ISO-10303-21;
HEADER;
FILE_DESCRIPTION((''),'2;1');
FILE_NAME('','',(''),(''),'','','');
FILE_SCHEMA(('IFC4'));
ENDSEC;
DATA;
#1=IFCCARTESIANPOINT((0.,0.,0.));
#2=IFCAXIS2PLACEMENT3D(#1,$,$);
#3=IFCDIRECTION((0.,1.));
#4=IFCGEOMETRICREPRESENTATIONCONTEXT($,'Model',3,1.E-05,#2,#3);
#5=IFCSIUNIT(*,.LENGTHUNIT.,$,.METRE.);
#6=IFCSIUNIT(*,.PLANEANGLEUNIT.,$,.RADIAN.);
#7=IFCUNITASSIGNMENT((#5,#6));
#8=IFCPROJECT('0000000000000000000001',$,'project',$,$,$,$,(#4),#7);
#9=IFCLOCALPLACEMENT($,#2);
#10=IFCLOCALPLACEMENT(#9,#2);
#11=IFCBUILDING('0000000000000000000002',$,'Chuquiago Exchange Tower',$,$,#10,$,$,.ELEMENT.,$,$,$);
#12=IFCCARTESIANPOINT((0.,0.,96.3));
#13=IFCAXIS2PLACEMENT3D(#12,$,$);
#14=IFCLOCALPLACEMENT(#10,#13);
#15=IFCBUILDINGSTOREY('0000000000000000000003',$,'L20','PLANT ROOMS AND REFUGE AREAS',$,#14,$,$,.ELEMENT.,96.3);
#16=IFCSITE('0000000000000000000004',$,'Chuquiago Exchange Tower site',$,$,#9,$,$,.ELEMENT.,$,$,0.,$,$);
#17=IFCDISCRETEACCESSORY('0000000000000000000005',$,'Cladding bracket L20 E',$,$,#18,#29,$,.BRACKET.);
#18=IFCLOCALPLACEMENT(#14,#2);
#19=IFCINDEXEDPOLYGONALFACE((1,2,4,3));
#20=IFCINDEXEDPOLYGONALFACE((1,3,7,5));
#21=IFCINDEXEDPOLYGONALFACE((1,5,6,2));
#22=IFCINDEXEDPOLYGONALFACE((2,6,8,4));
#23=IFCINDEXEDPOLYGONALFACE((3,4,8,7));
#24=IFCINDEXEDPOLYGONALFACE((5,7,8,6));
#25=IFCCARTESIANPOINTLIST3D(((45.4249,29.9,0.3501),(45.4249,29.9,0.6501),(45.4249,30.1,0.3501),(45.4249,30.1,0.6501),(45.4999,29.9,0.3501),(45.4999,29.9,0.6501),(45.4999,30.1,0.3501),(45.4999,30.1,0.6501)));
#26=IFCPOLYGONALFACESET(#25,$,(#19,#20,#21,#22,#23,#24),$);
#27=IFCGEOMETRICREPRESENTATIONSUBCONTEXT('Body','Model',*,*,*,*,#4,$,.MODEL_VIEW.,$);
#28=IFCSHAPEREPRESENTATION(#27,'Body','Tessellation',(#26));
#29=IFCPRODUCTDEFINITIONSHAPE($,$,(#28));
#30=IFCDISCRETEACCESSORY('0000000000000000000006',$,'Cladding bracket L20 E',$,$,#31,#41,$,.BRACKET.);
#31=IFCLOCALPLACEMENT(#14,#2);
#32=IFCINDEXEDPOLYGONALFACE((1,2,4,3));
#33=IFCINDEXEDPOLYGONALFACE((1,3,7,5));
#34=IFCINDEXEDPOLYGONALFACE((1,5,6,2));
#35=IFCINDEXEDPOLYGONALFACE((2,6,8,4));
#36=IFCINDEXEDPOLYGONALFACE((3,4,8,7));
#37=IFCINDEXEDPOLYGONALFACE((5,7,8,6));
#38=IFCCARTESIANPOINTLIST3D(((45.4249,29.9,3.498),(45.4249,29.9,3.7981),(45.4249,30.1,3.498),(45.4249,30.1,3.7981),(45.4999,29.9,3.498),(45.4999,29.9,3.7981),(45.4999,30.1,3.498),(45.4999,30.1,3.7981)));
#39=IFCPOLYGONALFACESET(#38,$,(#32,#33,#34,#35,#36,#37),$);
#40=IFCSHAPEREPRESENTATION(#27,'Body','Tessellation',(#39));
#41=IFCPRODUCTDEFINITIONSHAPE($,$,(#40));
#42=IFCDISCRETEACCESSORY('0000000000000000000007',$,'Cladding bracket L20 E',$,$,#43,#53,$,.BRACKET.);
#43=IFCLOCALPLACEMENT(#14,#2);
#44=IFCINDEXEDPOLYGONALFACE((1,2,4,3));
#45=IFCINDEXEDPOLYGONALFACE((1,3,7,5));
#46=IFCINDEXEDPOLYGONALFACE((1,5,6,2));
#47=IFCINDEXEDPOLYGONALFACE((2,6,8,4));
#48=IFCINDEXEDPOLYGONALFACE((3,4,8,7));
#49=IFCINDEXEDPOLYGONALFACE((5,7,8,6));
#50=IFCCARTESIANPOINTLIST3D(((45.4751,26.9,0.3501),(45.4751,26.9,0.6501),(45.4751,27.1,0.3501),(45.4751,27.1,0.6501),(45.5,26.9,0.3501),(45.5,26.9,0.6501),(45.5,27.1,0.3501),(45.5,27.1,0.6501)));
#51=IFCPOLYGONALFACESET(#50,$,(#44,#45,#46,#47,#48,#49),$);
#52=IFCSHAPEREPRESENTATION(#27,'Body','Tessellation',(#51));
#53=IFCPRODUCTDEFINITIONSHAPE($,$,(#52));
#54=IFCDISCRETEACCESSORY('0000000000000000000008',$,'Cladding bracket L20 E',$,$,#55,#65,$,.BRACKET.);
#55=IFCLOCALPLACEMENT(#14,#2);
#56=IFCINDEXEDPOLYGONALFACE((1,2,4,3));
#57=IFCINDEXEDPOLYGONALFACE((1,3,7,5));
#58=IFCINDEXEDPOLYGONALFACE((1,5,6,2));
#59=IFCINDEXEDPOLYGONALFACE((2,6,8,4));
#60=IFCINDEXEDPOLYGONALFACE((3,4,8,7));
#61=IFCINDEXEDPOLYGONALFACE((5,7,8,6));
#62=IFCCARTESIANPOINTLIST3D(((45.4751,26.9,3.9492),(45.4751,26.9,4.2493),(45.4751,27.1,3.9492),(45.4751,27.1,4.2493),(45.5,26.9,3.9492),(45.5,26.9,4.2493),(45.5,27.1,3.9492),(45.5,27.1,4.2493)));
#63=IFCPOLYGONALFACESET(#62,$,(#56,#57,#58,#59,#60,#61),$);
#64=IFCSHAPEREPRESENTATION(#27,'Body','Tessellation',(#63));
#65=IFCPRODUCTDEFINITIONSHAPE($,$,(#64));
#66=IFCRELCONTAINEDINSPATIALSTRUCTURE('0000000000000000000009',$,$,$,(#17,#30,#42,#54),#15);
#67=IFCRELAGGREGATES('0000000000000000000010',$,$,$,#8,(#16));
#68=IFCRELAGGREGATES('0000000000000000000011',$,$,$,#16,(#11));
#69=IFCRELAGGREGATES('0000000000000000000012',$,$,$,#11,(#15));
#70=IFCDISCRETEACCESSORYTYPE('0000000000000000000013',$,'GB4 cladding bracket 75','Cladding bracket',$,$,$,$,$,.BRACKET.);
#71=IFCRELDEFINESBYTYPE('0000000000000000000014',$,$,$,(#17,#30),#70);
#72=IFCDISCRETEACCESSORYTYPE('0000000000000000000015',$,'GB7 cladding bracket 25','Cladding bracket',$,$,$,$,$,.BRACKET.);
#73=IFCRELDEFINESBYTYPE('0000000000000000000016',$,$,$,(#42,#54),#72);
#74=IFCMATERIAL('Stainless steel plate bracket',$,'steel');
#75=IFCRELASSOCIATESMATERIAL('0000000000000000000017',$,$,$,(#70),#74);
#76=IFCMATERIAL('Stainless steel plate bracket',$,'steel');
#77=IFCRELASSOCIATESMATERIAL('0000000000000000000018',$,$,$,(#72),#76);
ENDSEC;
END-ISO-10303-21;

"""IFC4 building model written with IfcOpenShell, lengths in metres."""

from ifc_helpers import new_model, si_unit, direction, frame, origin, origin_2d, place, context, subcontext, project, spatial, rectangle, extrude, material, type_object, element, save


model = new_model("IFC4")

# Units and contexts
model_context = context("Model", 3, precision=1e-05, world=origin(), true_north=direction((0.0, 1.0)))
body_context = subcontext(model_context, "Body", "Model", "MODEL_VIEW")
ifc_project = project(units=[si_unit("LENGTHUNIT", "METRE"), si_unit("PLANEANGLEUNIT", "RADIAN")], contexts=[model_context])

# Site, building, storey
site_placement = place(None, origin())
site = spatial("IfcSite", under=ifc_project, at=site_placement, Name="Chuquiago Exchange Tower site", CompositionType="ELEMENT", RefElevation=0.0)
building_placement = place(site_placement, origin())
building = spatial("IfcBuilding", under=site, at=building_placement, Name="Chuquiago Exchange Tower", CompositionType="ELEMENT")
storey_placement = place(building_placement, frame((0.0, 0.0, 96.3)))
storey = spatial("IfcBuildingStorey", under=building, at=storey_placement, Name="L20", Description="PLANT ROOMS AND REFUGE AREAS", CompositionType="ELEMENT", Elevation=96.3)

# Discrete accessories
ifc_material_1 = material(Name="Stainless steel plate bracket", Category="steel")
discrete_accessory_type_1 = type_object("IfcDiscreteAccessoryType", Name="GB4 cladding bracket 75", Description="Cladding bracket", PredefinedType="BRACKET", material=ifc_material_1)
for number, where, z_axis, x_axis, name in (
    (1, (45.4624, 30.0, 0.3501), (0.0, 0.0, 1.0), (0.0, 1.0, 0.0), "Cladding bracket L20 E"),
    (2, (45.4624, 30.0, 3.498), (0.0, 0.0, 1.0), (0.0, 1.0, 0.0), "Cladding bracket L20 E"),
):
    element("IfcDiscreteAccessory", number, at=place(storey_placement, frame(where, z_axis=z_axis, x_axis=x_axis)), inside=storey, type_object=discrete_accessory_type_1, Name=name, PredefinedType="BRACKET", context=body_context, shape_type="SweptSolid", body=[
        extrude(rectangle(XDim=0.2, YDim=0.075, at=origin_2d()), origin(), (0.0, 0.0, 1.0), 0.3),
    ])
ifc_material_2 = material(Name="Stainless steel plate bracket", Category="steel")
discrete_accessory_type_2 = type_object("IfcDiscreteAccessoryType", Name="GB7 cladding bracket 25", Description="Cladding bracket", PredefinedType="BRACKET", material=ifc_material_2)
for number, where, z_axis, x_axis, name in (
    (3, (45.4875, 27.0, 0.3501), (0.0, 0.0, 1.0), (0.0, 1.0, 0.0), "Cladding bracket L20 E"),
    (4, (45.4875, 27.0, 3.9492), (0.0, 0.0, 1.0), (0.0, 1.0, 0.0), "Cladding bracket L20 E"),
):
    element("IfcDiscreteAccessory", number, at=place(storey_placement, frame(where, z_axis=z_axis, x_axis=x_axis)), inside=storey, type_object=discrete_accessory_type_2, Name=name, PredefinedType="BRACKET", context=body_context, shape_type="SweptSolid", body=[
        extrude(rectangle(XDim=0.2, YDim=0.0249, at=origin_2d()), origin(), (0.0, 0.0, 1.0), 0.3),
    ])

save(model, "model.ifc")
